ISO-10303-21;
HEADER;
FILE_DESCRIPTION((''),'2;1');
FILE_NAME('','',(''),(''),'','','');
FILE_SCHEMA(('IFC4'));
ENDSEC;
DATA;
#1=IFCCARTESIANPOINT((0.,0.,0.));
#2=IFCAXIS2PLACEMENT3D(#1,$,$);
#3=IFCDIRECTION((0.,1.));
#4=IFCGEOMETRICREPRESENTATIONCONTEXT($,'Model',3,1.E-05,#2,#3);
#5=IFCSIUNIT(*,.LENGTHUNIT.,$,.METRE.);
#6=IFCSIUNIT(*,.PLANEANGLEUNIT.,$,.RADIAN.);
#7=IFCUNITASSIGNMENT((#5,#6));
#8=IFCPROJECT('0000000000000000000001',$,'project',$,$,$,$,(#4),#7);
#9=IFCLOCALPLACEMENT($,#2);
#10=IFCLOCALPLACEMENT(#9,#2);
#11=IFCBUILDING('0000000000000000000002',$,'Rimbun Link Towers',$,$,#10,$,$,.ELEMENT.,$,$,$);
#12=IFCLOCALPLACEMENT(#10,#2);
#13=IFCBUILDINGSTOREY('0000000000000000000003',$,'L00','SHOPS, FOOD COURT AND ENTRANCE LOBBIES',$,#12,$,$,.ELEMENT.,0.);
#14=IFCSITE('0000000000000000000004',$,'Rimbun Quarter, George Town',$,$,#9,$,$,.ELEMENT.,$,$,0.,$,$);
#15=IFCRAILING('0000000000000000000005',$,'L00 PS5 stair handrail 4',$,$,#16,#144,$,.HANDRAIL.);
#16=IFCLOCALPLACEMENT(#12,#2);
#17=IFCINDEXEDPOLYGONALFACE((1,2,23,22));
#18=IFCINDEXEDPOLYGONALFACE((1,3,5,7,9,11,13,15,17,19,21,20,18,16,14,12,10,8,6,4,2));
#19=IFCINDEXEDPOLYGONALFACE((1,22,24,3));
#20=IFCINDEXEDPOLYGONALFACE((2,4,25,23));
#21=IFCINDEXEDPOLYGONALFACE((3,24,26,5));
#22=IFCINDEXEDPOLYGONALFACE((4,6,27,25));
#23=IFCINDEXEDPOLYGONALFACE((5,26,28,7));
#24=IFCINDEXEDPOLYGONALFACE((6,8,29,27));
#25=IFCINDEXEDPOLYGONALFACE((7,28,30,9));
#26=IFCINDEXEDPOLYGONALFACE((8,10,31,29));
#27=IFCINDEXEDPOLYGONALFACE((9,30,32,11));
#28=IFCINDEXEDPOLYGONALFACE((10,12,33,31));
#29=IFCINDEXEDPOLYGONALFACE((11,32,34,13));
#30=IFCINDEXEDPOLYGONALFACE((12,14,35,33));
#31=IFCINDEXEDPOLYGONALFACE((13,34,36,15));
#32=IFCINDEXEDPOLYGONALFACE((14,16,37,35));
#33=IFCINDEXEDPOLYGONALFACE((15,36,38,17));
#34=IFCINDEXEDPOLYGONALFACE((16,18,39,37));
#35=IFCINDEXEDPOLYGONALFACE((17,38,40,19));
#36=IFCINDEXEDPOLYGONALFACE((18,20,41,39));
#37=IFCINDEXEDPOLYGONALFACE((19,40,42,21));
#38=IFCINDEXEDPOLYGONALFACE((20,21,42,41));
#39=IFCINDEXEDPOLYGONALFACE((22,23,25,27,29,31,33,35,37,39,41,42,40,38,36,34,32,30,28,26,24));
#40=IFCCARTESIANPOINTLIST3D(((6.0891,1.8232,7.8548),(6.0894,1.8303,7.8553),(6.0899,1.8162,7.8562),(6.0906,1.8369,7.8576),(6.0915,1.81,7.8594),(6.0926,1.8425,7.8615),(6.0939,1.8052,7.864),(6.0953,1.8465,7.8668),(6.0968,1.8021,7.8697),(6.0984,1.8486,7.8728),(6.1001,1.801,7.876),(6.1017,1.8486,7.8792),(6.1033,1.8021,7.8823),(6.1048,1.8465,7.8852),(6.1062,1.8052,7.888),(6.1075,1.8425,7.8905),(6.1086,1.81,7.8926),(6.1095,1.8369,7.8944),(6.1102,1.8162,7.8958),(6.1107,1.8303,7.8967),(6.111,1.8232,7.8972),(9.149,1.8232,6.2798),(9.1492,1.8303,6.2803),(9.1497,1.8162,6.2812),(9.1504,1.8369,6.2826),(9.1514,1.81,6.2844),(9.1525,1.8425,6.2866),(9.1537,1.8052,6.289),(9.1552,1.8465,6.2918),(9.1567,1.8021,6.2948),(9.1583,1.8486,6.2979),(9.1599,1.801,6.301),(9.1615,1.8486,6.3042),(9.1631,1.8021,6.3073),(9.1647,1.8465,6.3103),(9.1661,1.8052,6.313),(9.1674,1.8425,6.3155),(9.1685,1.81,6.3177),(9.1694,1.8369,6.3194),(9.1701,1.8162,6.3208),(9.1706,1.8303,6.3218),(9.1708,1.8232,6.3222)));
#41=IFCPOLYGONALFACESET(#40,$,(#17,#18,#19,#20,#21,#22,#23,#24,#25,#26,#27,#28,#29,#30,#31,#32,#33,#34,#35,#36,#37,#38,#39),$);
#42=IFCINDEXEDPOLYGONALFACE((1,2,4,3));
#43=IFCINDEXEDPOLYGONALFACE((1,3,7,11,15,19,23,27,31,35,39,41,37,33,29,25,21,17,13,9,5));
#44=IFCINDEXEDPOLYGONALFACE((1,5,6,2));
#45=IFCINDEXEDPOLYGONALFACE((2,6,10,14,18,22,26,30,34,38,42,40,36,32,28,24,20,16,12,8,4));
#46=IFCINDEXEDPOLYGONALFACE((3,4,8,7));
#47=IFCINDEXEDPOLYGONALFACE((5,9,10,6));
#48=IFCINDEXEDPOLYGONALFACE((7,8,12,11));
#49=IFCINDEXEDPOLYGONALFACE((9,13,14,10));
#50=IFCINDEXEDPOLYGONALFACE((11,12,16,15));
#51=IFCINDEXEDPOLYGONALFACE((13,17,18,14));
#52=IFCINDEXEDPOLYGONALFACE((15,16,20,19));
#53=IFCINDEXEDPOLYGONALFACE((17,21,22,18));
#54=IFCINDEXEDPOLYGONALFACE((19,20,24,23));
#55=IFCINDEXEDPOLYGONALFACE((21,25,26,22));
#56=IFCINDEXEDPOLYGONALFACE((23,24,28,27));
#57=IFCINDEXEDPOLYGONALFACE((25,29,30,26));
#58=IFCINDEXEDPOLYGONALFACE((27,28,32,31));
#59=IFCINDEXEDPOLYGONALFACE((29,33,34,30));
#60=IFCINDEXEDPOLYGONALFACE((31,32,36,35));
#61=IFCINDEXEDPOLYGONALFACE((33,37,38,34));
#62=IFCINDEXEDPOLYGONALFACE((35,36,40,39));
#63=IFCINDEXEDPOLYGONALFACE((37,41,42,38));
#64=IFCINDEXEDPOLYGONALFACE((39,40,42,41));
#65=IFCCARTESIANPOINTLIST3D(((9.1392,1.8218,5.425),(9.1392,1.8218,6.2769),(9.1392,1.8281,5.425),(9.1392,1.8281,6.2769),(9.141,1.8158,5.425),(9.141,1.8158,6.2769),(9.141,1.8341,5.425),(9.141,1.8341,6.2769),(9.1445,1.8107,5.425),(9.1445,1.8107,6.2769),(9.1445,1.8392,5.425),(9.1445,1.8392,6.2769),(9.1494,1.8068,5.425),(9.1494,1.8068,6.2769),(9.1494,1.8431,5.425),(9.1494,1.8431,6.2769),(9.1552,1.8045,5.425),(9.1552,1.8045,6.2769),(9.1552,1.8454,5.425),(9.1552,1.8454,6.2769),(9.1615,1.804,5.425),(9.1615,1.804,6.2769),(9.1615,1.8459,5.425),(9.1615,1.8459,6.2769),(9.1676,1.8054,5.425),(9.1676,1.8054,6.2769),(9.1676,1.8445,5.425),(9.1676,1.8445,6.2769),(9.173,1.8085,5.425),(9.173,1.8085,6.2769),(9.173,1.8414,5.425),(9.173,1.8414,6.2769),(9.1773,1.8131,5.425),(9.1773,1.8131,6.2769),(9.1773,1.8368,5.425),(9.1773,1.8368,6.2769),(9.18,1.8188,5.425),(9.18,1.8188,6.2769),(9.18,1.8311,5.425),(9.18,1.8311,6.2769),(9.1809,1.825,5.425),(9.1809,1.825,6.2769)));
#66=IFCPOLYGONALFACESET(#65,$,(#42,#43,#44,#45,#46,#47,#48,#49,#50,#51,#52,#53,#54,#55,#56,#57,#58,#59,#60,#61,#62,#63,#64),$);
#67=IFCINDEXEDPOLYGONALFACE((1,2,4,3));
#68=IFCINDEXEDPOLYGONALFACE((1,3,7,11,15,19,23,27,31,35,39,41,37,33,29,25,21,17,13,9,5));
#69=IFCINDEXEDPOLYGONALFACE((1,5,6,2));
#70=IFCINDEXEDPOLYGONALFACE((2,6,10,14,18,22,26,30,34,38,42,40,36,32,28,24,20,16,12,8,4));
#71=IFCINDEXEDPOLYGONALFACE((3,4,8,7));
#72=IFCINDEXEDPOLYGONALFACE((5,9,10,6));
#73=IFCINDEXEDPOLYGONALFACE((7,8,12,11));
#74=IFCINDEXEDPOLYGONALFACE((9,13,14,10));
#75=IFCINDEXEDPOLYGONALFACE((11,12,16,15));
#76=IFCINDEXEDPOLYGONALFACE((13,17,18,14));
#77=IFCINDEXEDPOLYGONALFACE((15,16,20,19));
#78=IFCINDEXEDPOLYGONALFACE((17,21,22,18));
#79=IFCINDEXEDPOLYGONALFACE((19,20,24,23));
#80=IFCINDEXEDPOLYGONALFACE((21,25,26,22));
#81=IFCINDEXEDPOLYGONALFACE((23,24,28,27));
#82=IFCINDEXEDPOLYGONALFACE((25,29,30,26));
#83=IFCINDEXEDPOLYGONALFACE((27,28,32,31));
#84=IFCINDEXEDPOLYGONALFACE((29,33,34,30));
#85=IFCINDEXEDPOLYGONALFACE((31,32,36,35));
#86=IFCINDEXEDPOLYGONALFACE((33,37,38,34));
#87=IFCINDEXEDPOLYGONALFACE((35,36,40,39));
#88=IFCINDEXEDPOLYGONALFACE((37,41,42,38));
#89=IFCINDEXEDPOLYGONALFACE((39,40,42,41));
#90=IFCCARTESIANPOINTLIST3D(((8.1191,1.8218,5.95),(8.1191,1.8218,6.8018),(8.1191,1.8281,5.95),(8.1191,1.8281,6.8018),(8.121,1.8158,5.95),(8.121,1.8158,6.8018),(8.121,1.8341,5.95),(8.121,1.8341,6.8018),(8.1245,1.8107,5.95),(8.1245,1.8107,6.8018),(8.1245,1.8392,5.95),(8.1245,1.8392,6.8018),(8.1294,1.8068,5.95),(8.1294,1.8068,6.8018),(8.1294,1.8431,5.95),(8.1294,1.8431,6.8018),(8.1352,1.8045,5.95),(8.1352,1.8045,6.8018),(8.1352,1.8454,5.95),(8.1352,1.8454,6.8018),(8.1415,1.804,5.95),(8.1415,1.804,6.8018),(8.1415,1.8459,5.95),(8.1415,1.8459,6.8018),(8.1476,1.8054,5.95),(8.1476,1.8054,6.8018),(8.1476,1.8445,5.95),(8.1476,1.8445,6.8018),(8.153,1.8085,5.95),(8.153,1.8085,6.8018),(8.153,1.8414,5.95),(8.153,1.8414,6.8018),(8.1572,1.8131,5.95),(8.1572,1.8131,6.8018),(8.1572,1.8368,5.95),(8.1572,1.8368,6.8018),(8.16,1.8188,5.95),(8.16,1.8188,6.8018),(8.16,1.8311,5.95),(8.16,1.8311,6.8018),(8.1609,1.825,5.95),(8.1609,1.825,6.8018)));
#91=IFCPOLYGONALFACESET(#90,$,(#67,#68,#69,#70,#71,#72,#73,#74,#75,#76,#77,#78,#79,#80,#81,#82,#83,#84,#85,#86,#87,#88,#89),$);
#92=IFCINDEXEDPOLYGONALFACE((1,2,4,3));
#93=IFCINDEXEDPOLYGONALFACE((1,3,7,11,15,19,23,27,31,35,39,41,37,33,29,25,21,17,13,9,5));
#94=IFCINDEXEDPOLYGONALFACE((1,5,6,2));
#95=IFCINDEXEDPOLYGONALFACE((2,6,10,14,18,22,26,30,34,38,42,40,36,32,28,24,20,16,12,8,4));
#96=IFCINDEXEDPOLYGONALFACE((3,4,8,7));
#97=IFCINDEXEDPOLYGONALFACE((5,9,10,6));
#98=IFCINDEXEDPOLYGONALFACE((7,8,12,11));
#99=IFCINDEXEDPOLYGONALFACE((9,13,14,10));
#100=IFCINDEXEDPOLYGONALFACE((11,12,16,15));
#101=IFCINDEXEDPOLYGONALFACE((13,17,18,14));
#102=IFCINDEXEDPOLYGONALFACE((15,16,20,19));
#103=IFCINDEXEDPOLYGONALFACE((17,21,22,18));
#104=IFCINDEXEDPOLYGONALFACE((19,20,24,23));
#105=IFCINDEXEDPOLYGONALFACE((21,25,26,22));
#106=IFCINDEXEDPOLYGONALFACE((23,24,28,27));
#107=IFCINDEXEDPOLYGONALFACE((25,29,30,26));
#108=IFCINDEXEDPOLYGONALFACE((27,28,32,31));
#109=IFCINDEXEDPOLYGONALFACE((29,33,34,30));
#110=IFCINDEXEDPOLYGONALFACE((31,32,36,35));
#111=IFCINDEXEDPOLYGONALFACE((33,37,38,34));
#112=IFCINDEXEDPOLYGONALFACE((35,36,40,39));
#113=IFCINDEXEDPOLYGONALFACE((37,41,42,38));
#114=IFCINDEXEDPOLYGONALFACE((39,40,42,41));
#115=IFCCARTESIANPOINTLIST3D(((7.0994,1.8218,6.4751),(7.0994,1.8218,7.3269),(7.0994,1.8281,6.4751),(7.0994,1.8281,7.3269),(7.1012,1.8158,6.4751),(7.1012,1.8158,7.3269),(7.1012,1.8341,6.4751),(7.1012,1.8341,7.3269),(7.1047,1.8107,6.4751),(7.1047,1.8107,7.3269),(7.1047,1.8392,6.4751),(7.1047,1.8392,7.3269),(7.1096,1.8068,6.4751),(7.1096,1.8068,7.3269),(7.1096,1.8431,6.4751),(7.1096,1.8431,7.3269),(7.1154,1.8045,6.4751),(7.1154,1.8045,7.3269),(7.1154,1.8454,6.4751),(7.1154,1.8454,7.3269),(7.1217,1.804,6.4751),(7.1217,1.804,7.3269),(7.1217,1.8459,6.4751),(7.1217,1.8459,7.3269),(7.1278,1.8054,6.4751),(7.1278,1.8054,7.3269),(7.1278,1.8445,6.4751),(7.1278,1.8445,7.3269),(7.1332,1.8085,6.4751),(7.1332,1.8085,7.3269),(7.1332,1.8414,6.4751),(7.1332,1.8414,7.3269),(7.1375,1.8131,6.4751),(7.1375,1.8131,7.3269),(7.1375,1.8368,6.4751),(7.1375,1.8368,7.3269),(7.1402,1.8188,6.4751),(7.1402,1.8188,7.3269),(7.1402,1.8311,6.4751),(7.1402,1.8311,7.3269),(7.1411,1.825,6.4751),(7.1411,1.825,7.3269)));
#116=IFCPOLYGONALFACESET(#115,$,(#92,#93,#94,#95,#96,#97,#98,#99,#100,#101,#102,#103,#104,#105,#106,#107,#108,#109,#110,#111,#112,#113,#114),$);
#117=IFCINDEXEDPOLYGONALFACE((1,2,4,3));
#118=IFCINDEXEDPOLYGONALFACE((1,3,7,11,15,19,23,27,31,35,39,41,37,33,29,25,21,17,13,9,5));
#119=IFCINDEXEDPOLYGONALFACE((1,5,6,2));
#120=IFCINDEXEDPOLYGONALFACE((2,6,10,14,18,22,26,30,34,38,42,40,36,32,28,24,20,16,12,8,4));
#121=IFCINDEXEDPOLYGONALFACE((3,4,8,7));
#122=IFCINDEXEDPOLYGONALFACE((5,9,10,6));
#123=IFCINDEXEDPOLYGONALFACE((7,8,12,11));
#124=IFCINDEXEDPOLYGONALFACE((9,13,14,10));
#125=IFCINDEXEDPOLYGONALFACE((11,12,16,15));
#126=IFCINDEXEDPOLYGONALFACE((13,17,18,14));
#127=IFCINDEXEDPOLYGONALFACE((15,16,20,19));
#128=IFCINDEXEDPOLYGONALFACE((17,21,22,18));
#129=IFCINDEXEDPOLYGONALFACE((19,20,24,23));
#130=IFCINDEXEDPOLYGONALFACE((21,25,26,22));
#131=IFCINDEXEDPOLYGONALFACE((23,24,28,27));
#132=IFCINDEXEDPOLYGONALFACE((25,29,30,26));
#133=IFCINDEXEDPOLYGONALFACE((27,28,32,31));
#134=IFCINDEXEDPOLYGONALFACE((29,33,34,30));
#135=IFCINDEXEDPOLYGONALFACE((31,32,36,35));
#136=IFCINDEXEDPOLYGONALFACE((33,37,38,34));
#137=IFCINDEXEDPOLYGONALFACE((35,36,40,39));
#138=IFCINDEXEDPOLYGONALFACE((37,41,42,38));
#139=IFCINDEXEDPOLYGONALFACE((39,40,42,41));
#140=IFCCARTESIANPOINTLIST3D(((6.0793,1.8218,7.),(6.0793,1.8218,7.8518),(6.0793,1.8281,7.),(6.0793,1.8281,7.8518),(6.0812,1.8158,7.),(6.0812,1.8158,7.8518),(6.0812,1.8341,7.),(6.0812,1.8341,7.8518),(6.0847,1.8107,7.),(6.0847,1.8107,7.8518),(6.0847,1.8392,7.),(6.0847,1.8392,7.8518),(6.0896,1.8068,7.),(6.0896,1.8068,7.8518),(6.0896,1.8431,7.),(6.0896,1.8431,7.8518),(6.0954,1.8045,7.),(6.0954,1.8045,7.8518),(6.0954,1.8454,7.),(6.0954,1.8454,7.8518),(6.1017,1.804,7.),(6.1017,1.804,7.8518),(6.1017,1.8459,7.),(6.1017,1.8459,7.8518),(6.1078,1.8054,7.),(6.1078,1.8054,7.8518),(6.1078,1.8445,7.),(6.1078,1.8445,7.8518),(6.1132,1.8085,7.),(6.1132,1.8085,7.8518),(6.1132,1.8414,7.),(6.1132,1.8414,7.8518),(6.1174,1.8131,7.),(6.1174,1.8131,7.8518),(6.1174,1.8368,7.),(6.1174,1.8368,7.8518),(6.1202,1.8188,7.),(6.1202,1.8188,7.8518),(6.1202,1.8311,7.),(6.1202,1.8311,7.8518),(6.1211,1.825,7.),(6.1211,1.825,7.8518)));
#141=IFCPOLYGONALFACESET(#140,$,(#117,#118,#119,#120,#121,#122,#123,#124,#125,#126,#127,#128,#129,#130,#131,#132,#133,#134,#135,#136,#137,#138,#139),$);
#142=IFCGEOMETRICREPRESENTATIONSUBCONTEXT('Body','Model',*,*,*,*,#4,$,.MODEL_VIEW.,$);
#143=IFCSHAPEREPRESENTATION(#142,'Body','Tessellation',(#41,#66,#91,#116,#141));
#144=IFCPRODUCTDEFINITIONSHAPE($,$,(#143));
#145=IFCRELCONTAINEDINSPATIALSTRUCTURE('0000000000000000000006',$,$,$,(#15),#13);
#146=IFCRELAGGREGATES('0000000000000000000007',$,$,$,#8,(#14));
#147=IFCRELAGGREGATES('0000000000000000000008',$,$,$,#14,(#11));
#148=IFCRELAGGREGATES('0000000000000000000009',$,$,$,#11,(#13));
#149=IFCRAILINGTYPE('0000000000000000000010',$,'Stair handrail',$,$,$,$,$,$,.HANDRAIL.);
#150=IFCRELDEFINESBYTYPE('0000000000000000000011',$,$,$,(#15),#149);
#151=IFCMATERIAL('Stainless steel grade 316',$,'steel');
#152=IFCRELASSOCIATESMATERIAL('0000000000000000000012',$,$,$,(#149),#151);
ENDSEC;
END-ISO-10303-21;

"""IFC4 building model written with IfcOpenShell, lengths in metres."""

from ifc_helpers import new_model, si_unit, direction, frame, origin, origin_2d, place, context, subcontext, project, spatial, circle, extrude, material, type_object, element, save


model = new_model("IFC4")

# Units and contexts
model_context = context("Model", 3, precision=1e-05, world=origin(), true_north=direction((0.0, 1.0)))
body_context = subcontext(model_context, "Body", "Model", "MODEL_VIEW")
ifc_project = project(units=[si_unit("LENGTHUNIT", "METRE"), si_unit("PLANEANGLEUNIT", "RADIAN")], contexts=[model_context])

# Site, building, storey
site_placement = place(None, origin())
site = spatial("IfcSite", under=ifc_project, at=site_placement, Name="Rimbun Quarter, George Town", CompositionType="ELEMENT", RefElevation=0.0)
building_placement = place(site_placement, origin())
building = spatial("IfcBuilding", under=site, at=building_placement, Name="Rimbun Link Towers", CompositionType="ELEMENT")
storey_placement = place(building_placement, origin())
storey = spatial("IfcBuildingStorey", under=building, at=storey_placement, Name="L00", Description="SHOPS, FOOD COURT AND ENTRANCE LOBBIES", CompositionType="ELEMENT", Elevation=0.0)

# Railing
ifc_material_1 = material(Name="Stainless steel grade 316", Category="steel")
railing_type_1 = type_object("IfcRailingType", Name="Stair handrail", PredefinedType="HANDRAIL", material=ifc_material_1)
for number, where, name in (
    (1, (9.1599, 1.825, 5.425), "L00 PS5 stair handrail 4"),
):
    element("IfcRailing", number, at=place(storey_placement, frame(where)), inside=storey, type_object=railing_type_1, Name=name, PredefinedType="HANDRAIL", context=body_context, shape_type="SweptSolid", body=[
        extrude(circle(Radius=0.0239, at=origin_2d()), frame((0.0, 0.0, 0.876), z_axis=(-0.88913, 0.0, 0.457654), x_axis=(0.0, -1.0, 0.0)), (0.0, 0.0, 1.0), 3.4414),
        extrude(circle(Radius=0.021, at=origin_2d()), origin(), (0.0, 0.0, 1.0), 0.8518),
        extrude(circle(Radius=0.021, at=origin_2d()), frame((-1.02, 0.0, 0.5249)), (0.0, 0.0, 1.0), 0.8518),
        extrude(circle(Radius=0.021, at=origin_2d()), frame((-2.0398, 0.0, 1.05)), (0.0, 0.0, 1.0), 0.8518),
        extrude(circle(Radius=0.021, at=origin_2d()), frame((-3.0598, 0.0, 1.575)), (0.0, 0.0, 1.0), 0.8518),
    ])

save(model, "model.ifc")
